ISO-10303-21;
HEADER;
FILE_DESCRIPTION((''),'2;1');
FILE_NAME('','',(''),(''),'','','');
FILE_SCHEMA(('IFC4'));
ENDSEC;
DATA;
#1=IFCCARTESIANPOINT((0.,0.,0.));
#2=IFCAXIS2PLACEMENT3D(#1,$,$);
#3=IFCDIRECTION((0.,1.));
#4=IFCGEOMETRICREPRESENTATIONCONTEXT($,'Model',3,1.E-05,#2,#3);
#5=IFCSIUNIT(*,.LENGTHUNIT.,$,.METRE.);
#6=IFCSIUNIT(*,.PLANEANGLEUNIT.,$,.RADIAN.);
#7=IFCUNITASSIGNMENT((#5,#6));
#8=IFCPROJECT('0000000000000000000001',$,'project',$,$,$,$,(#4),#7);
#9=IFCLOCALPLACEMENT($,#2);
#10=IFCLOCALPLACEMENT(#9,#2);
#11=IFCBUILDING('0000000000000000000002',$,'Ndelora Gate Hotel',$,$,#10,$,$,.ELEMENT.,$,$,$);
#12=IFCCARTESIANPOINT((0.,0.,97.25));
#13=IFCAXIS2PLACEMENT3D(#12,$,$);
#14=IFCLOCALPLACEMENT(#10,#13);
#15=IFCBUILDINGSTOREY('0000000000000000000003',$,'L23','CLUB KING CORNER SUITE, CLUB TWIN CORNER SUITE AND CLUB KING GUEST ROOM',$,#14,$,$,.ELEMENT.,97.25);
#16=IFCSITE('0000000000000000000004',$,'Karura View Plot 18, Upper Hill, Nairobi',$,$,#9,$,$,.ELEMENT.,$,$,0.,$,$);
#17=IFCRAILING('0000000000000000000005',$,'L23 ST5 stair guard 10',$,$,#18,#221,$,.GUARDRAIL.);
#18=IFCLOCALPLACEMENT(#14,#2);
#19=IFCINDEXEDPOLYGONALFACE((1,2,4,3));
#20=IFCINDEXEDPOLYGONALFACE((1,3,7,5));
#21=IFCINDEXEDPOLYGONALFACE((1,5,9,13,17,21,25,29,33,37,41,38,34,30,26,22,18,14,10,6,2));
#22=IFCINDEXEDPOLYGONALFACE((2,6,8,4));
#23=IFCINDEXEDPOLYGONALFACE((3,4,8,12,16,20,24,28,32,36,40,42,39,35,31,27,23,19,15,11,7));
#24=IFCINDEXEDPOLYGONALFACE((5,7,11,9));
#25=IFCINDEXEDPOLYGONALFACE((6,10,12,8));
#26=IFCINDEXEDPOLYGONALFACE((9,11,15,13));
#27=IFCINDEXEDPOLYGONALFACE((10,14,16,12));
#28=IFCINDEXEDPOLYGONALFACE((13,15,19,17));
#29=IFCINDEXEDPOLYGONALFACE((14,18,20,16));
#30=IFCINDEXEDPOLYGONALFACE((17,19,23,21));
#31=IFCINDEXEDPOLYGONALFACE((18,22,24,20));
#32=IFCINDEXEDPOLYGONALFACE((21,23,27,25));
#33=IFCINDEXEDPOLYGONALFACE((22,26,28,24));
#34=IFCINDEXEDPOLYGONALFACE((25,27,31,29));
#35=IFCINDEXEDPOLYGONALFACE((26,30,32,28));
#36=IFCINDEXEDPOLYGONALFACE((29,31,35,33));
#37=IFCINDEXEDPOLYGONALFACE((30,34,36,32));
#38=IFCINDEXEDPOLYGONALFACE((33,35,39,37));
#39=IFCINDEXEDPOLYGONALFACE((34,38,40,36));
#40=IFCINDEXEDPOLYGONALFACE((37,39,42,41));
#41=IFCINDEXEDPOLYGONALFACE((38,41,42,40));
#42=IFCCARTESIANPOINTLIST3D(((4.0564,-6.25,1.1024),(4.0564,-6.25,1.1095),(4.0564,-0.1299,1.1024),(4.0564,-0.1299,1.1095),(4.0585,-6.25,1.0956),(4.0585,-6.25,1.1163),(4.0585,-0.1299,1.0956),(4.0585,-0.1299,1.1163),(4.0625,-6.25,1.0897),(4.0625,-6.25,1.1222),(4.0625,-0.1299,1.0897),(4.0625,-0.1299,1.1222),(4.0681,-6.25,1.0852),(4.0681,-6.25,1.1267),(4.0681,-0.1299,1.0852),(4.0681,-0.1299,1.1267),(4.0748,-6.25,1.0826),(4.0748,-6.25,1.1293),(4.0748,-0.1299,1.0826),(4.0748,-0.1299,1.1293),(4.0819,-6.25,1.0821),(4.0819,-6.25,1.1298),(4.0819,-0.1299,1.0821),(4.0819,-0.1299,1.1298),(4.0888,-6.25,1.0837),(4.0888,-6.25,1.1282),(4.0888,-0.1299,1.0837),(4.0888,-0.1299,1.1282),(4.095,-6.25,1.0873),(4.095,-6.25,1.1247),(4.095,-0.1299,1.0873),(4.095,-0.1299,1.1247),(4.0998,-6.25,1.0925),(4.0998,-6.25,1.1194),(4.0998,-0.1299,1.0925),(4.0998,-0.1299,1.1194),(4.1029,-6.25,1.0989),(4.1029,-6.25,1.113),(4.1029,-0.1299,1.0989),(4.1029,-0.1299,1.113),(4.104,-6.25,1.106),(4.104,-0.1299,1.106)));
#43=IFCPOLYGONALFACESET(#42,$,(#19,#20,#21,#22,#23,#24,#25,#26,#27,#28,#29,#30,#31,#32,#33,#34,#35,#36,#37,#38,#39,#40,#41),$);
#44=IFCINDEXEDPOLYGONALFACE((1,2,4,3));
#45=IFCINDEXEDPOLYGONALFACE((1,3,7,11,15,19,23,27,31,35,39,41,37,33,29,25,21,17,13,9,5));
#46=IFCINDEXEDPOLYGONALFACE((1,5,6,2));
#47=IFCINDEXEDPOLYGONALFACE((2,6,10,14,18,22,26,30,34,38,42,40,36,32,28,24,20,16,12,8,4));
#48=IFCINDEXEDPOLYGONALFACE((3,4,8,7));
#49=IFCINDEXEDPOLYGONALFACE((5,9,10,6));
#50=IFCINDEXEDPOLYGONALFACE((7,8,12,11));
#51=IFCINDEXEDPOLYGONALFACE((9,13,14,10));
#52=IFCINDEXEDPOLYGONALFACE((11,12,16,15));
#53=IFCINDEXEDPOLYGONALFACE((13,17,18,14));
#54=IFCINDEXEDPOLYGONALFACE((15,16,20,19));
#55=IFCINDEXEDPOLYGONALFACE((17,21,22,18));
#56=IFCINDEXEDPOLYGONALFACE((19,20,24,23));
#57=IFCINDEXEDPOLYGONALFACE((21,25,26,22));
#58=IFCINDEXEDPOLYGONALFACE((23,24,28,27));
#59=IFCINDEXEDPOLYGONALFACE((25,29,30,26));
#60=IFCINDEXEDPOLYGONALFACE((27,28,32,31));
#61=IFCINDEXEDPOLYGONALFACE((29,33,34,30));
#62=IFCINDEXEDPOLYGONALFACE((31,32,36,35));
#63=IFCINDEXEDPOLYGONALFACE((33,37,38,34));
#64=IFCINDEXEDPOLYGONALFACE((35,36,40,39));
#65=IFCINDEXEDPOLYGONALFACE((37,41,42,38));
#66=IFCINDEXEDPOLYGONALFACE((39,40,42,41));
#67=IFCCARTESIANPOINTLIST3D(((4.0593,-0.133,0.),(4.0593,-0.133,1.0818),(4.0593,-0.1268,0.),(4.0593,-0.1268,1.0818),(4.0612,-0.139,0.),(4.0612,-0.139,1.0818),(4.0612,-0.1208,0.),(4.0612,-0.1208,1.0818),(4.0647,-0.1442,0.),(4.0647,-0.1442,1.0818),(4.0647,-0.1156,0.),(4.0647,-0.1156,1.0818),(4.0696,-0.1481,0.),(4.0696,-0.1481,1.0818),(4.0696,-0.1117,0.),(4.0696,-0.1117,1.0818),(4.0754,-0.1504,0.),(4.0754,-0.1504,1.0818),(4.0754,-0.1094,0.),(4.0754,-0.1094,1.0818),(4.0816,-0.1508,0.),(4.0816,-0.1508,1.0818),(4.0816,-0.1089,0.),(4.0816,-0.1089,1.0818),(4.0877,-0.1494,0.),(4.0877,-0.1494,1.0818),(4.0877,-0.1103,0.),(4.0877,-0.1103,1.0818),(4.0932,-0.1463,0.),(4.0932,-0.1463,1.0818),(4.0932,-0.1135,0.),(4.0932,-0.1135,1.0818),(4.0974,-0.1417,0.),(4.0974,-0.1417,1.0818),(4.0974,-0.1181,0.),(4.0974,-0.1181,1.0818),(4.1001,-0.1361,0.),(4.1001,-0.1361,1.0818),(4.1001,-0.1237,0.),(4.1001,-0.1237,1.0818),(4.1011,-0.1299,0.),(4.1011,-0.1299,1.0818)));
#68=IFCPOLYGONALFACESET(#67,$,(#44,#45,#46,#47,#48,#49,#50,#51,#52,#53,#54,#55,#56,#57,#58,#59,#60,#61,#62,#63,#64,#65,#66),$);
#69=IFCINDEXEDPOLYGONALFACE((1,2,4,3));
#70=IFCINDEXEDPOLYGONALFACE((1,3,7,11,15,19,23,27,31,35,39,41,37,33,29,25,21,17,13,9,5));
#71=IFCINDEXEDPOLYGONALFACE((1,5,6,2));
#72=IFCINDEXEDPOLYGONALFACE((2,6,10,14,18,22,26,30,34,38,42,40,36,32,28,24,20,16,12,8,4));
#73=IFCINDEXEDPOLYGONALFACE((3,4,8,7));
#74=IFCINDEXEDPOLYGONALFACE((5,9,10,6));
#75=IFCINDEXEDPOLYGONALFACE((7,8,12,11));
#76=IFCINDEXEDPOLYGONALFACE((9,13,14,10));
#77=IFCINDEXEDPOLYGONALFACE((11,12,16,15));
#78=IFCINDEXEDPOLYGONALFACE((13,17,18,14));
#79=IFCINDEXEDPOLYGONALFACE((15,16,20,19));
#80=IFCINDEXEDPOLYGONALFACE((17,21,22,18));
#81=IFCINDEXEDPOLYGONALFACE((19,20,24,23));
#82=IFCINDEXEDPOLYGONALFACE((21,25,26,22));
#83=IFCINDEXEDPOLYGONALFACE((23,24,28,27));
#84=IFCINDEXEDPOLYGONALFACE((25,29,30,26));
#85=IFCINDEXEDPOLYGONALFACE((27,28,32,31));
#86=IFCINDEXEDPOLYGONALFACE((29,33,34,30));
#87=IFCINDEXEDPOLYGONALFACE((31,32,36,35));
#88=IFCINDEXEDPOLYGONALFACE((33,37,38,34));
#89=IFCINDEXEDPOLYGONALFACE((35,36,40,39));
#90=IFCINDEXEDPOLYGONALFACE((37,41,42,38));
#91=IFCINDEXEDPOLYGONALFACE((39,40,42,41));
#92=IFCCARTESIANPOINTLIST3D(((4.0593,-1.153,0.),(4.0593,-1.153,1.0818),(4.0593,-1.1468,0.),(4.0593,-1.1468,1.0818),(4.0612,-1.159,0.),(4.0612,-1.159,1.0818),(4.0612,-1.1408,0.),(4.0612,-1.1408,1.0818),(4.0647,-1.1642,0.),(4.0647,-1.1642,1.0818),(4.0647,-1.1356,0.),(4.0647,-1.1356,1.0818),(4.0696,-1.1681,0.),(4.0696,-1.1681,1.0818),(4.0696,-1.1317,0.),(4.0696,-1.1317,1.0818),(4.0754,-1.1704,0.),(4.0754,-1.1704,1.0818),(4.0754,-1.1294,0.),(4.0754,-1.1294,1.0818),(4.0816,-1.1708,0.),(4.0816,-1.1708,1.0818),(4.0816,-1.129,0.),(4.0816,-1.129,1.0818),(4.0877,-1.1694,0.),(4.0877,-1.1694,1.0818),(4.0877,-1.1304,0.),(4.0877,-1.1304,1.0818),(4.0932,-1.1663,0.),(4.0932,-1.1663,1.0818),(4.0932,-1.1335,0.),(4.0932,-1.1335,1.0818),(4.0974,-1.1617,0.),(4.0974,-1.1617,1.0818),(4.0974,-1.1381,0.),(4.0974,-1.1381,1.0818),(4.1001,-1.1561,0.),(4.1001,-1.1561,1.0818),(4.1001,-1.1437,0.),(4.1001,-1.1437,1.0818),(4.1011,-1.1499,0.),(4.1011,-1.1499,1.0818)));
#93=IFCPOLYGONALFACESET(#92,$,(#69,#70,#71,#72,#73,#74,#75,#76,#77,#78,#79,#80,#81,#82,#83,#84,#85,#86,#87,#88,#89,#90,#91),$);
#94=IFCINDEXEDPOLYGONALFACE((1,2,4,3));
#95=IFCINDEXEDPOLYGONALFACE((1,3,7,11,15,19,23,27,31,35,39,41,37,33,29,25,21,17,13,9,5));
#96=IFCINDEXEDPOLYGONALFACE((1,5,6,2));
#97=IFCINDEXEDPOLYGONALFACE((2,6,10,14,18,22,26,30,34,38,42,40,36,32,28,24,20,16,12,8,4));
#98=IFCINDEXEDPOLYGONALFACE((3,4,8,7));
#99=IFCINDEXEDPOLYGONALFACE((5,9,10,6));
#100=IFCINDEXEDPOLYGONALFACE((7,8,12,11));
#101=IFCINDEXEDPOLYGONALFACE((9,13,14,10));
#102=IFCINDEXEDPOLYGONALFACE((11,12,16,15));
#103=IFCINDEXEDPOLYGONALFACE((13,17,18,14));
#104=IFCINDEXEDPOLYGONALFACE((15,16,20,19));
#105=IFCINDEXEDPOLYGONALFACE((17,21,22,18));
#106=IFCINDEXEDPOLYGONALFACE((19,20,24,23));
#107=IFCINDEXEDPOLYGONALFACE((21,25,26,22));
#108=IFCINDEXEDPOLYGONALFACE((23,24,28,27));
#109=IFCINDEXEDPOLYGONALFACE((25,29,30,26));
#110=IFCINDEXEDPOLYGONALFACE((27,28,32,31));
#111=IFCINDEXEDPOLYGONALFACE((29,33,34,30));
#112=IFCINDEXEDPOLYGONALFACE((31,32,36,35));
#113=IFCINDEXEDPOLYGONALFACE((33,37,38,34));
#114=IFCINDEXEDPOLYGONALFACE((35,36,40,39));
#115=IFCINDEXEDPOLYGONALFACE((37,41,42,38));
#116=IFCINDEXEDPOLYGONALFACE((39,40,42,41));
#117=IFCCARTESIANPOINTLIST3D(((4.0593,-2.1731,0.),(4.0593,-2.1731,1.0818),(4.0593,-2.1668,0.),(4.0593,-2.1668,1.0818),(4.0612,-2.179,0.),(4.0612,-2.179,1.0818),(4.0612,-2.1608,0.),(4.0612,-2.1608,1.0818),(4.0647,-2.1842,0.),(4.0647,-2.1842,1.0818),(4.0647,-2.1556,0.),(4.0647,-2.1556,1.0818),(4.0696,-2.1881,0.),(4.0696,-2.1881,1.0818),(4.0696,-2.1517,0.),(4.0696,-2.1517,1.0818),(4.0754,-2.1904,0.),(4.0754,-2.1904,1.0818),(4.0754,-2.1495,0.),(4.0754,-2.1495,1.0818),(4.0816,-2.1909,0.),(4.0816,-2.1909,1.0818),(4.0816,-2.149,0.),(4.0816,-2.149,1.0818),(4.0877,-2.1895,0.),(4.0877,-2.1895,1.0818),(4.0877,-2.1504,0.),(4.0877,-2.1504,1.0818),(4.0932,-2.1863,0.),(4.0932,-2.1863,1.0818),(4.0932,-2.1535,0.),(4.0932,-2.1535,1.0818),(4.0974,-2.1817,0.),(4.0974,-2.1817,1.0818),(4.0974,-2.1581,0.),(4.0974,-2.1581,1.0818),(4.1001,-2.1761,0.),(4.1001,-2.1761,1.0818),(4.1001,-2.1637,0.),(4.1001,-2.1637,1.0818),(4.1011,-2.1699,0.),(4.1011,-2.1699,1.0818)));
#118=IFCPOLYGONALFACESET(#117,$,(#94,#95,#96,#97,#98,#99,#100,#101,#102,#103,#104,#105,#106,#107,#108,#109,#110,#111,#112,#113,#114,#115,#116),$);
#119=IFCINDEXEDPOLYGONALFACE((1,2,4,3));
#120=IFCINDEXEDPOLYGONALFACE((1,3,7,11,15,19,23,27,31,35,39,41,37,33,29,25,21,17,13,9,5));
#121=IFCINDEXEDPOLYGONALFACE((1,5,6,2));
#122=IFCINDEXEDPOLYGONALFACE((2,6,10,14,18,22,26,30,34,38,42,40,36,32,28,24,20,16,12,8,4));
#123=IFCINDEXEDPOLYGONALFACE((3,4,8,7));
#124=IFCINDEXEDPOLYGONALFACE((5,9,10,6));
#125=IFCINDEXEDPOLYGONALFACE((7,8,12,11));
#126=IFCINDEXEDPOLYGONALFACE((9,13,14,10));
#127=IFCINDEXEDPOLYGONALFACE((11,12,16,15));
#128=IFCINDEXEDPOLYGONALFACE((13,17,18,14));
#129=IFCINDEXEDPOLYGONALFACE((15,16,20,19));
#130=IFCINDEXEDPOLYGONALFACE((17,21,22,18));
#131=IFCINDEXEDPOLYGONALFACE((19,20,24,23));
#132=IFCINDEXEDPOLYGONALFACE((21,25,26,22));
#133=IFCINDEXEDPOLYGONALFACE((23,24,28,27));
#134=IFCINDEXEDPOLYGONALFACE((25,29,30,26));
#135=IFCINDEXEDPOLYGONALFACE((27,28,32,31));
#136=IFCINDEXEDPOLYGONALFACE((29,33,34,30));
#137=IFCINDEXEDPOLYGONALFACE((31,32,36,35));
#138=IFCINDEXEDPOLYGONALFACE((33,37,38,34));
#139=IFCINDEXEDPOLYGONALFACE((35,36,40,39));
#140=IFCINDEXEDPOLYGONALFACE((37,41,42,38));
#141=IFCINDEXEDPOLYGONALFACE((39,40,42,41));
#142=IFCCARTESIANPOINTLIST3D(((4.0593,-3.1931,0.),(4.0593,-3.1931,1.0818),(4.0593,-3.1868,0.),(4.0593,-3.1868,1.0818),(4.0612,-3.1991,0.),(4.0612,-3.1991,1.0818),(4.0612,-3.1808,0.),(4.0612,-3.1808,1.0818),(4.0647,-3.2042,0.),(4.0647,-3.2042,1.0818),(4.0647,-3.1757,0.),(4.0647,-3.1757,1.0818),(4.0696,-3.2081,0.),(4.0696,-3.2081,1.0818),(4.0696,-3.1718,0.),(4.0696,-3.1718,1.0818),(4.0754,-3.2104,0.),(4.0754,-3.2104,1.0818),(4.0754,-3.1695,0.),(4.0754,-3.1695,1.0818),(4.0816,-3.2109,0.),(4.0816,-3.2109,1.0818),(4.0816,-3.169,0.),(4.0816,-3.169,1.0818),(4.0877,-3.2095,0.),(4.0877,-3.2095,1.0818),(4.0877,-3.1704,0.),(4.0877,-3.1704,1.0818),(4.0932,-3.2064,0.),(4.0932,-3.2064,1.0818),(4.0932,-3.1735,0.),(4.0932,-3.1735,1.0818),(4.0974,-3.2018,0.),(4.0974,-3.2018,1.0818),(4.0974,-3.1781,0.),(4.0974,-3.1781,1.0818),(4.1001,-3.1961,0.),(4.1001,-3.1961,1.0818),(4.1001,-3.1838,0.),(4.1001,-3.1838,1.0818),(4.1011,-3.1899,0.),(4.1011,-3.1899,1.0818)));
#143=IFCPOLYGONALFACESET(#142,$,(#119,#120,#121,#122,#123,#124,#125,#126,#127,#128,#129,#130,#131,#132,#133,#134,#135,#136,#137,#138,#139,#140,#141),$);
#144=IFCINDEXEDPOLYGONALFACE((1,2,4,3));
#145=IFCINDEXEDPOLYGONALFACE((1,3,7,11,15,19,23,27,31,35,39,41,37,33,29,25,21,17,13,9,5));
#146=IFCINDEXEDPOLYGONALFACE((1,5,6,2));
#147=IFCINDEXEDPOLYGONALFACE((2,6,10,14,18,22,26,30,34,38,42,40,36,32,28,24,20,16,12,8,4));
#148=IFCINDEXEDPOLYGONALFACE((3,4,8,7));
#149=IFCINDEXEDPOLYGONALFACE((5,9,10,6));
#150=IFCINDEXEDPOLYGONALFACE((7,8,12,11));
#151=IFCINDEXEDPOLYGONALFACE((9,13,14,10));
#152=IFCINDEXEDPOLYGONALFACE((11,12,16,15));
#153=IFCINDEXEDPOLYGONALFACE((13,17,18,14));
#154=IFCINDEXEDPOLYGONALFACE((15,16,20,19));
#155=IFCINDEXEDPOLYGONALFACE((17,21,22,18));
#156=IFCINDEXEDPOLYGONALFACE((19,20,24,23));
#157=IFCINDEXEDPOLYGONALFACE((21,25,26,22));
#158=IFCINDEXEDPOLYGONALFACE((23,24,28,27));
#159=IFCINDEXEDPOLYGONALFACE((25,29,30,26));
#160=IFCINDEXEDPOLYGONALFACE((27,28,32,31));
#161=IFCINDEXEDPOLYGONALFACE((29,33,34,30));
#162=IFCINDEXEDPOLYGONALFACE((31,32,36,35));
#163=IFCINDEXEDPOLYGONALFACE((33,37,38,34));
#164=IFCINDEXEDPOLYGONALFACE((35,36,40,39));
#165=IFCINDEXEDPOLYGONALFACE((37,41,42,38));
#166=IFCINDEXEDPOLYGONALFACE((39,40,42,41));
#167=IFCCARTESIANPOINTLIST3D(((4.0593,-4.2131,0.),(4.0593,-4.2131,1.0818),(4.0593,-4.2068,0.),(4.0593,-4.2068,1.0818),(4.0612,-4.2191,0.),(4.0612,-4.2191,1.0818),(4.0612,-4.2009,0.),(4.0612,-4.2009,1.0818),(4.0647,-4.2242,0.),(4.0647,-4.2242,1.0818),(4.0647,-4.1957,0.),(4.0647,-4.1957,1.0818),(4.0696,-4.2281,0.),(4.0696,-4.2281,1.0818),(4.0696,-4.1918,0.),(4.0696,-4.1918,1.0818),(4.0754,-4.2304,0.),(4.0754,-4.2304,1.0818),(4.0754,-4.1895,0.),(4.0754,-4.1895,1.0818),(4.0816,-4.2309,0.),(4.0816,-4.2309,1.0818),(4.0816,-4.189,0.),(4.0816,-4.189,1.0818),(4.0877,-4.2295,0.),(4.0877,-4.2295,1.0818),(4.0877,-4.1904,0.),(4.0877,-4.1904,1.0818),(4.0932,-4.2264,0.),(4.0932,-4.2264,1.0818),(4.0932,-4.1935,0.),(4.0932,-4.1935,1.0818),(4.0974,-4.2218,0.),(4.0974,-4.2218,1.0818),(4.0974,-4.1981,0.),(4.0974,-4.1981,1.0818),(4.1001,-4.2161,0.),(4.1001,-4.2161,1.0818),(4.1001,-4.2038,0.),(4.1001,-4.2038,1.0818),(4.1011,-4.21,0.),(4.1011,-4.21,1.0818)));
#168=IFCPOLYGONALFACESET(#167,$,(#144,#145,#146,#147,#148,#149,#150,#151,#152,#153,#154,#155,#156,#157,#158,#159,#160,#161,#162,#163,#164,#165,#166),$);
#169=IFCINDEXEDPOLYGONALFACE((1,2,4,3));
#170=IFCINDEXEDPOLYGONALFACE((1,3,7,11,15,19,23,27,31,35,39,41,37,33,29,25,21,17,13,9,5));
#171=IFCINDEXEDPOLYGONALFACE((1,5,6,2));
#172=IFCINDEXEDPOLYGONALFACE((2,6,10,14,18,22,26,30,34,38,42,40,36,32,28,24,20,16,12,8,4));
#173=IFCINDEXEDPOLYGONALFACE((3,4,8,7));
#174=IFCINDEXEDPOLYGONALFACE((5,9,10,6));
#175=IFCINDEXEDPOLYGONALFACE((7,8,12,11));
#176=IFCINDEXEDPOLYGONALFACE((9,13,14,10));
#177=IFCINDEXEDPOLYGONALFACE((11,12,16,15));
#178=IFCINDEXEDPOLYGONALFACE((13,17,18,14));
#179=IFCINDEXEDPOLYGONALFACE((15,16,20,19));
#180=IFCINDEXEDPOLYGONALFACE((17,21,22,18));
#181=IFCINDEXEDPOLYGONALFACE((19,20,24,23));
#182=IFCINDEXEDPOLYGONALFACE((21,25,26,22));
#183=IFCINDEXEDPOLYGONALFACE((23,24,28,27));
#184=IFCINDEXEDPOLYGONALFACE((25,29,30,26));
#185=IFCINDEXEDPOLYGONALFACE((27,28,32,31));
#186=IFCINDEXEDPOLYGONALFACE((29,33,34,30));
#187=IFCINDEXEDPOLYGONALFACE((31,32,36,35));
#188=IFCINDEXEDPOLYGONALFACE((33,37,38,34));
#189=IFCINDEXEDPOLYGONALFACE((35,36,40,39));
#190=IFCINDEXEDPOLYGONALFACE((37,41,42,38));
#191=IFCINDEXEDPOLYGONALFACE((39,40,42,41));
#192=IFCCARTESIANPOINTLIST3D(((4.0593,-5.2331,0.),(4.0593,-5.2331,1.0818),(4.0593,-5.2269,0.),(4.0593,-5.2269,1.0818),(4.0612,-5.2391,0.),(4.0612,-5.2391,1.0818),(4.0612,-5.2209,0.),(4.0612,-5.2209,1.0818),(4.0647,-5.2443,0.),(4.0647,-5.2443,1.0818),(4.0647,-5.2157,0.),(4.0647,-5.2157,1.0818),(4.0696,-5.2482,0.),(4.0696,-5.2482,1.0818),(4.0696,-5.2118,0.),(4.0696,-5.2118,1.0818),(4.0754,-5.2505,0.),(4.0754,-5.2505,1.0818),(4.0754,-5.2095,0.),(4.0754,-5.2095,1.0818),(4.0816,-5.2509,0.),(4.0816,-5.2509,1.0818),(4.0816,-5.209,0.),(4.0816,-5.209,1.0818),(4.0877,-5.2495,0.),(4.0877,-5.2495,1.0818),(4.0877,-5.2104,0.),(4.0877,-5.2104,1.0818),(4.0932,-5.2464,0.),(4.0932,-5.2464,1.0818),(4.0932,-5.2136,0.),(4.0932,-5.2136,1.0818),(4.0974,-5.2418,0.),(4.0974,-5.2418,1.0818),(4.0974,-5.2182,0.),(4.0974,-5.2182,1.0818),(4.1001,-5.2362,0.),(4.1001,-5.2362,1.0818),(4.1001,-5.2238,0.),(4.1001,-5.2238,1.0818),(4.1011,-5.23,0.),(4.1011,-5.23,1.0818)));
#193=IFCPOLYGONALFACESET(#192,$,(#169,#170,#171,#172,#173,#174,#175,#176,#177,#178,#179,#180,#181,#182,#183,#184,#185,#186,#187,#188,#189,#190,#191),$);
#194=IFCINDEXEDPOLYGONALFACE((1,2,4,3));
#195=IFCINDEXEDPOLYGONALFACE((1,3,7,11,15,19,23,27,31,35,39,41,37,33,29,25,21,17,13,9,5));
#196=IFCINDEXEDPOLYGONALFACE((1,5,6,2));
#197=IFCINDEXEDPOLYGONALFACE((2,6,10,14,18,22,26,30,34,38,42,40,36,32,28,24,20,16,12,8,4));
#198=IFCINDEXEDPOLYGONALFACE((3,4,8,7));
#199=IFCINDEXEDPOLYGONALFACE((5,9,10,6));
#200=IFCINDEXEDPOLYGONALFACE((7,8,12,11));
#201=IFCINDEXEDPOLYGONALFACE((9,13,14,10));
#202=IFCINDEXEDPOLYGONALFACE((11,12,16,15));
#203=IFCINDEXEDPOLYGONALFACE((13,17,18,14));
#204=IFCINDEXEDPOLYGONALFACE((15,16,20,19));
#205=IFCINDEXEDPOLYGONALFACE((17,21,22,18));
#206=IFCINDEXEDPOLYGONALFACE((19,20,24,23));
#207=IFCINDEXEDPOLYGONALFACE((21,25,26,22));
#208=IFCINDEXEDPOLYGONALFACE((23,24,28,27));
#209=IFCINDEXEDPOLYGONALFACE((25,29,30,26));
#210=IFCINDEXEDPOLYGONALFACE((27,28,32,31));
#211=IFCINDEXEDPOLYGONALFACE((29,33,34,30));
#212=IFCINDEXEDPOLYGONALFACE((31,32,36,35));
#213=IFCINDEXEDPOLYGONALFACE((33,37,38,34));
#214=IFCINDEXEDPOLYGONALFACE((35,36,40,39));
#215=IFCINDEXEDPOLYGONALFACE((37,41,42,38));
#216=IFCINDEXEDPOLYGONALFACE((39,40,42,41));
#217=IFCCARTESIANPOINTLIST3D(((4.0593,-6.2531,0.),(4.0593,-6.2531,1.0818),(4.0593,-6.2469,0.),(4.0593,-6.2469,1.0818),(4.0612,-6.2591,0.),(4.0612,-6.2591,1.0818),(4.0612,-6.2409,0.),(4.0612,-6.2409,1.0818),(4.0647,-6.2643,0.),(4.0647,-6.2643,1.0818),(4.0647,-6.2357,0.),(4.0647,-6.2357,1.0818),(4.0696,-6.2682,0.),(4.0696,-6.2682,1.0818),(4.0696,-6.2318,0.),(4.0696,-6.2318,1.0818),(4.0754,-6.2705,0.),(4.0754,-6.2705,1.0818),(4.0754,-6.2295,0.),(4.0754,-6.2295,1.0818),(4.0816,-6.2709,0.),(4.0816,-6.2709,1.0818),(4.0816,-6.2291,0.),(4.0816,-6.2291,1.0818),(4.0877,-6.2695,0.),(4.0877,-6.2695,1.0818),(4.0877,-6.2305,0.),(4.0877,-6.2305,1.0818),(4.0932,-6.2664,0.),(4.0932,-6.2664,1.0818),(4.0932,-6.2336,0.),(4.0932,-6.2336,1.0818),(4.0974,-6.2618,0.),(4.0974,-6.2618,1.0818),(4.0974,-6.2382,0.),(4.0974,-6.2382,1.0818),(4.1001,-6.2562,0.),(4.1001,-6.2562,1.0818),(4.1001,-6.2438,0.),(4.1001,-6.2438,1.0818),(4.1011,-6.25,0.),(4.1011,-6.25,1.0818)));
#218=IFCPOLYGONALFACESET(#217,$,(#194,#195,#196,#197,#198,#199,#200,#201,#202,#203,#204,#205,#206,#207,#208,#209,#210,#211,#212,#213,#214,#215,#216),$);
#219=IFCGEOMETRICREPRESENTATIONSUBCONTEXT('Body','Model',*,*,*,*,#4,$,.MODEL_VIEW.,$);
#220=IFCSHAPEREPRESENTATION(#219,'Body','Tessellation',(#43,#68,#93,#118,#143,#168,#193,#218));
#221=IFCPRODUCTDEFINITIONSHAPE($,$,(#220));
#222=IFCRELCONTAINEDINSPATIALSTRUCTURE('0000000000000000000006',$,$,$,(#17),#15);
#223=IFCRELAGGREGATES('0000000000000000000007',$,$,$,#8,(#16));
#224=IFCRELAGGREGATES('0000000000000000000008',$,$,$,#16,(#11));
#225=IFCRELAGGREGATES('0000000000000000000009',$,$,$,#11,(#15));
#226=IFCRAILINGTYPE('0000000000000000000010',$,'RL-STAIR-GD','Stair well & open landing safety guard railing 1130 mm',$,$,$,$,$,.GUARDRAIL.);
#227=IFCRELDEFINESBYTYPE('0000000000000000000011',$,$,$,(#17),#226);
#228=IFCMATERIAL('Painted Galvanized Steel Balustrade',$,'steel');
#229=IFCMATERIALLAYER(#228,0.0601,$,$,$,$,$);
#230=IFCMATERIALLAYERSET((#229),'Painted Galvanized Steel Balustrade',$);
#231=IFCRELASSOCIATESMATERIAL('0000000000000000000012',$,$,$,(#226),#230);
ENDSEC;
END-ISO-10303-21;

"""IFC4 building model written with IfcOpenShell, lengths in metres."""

from ifc_helpers import new_model, si_unit, direction, frame, origin, origin_2d, place, context, subcontext, project, spatial, circle, extrude, material, layer, layer_set, type_object, element, save


model = new_model("IFC4")

# Units and contexts
model_context = context("Model", 3, precision=1e-05, world=origin(), true_north=direction((0.0, 1.0)))
body_context = subcontext(model_context, "Body", "Model", "MODEL_VIEW")
ifc_project = project(units=[si_unit("LENGTHUNIT", "METRE"), si_unit("PLANEANGLEUNIT", "RADIAN")], contexts=[model_context])

# Site, building, storey
site_placement = place(None, origin())
site = spatial("IfcSite", under=ifc_project, at=site_placement, Name="Karura View Plot 18, Upper Hill, Nairobi", CompositionType="ELEMENT", RefElevation=0.0)
building_placement = place(site_placement, origin())
building = spatial("IfcBuilding", under=site, at=building_placement, Name="Ndelora Gate Hotel", CompositionType="ELEMENT")
storey_placement = place(building_placement, frame((0.0, 0.0, 97.25)))
storey = spatial("IfcBuildingStorey", under=building, at=storey_placement, Name="L23", Description="CLUB KING CORNER SUITE, CLUB TWIN CORNER SUITE AND CLUB KING GUEST ROOM", CompositionType="ELEMENT", Elevation=97.25)

# Railing
ifc_material_1 = material(Name="Painted Galvanized Steel Balustrade", Category="steel")
ifc_layer_1 = layer(ifc_material_1, 0.0601)
ifc_layer_set_1 = layer_set([ifc_layer_1], Name="Painted Galvanized Steel Balustrade")
railing_type = type_object("IfcRailingType", Name="RL-STAIR-GD", Description="Stair well & open landing safety guard railing 1130 mm", PredefinedType="GUARDRAIL", material=ifc_layer_set_1)
railing_1_placement = place(storey_placement, frame((4.0801, -0.1299, 0.0)))
element("IfcRailing", 1, at=railing_1_placement, inside=storey, type_object=railing_type, Name="L23 ST5 stair guard 10", PredefinedType="GUARDRAIL", context=body_context, shape_type="SweptSolid", body=[
    extrude(circle(Radius=0.0239, at=origin_2d()), frame((0.0, 0.0, 1.106), z_axis=(0.0, -1.0, 0.0), x_axis=(1.0, 0.0, 0.0)), (0.0, 0.0, 1.0), 6.1201),
    extrude(circle(Radius=0.021, at=origin_2d()), origin(), (0.0, 0.0, 1.0), 1.0818),
    extrude(circle(Radius=0.021, at=origin_2d()), frame((0.0, -1.02, 0.0)), (0.0, 0.0, 1.0), 1.0818),
    extrude(circle(Radius=0.021, at=origin_2d()), frame((0.0, -2.04, 0.0)), (0.0, 0.0, 1.0), 1.0818),
    extrude(circle(Radius=0.021, at=origin_2d()), frame((0.0, -3.0601, 0.0)), (0.0, 0.0, 1.0), 1.0818),
    extrude(circle(Radius=0.021, at=origin_2d()), frame((0.0, -4.0801, 0.0)), (0.0, 0.0, 1.0), 1.0818),
    extrude(circle(Radius=0.021, at=origin_2d()), frame((0.0, -5.1001, 0.0)), (0.0, 0.0, 1.0), 1.0818),
    extrude(circle(Radius=0.021, at=origin_2d()), frame((0.0, -6.1201, 0.0)), (0.0, 0.0, 1.0), 1.0818),
])

save(model, "model.ifc")
